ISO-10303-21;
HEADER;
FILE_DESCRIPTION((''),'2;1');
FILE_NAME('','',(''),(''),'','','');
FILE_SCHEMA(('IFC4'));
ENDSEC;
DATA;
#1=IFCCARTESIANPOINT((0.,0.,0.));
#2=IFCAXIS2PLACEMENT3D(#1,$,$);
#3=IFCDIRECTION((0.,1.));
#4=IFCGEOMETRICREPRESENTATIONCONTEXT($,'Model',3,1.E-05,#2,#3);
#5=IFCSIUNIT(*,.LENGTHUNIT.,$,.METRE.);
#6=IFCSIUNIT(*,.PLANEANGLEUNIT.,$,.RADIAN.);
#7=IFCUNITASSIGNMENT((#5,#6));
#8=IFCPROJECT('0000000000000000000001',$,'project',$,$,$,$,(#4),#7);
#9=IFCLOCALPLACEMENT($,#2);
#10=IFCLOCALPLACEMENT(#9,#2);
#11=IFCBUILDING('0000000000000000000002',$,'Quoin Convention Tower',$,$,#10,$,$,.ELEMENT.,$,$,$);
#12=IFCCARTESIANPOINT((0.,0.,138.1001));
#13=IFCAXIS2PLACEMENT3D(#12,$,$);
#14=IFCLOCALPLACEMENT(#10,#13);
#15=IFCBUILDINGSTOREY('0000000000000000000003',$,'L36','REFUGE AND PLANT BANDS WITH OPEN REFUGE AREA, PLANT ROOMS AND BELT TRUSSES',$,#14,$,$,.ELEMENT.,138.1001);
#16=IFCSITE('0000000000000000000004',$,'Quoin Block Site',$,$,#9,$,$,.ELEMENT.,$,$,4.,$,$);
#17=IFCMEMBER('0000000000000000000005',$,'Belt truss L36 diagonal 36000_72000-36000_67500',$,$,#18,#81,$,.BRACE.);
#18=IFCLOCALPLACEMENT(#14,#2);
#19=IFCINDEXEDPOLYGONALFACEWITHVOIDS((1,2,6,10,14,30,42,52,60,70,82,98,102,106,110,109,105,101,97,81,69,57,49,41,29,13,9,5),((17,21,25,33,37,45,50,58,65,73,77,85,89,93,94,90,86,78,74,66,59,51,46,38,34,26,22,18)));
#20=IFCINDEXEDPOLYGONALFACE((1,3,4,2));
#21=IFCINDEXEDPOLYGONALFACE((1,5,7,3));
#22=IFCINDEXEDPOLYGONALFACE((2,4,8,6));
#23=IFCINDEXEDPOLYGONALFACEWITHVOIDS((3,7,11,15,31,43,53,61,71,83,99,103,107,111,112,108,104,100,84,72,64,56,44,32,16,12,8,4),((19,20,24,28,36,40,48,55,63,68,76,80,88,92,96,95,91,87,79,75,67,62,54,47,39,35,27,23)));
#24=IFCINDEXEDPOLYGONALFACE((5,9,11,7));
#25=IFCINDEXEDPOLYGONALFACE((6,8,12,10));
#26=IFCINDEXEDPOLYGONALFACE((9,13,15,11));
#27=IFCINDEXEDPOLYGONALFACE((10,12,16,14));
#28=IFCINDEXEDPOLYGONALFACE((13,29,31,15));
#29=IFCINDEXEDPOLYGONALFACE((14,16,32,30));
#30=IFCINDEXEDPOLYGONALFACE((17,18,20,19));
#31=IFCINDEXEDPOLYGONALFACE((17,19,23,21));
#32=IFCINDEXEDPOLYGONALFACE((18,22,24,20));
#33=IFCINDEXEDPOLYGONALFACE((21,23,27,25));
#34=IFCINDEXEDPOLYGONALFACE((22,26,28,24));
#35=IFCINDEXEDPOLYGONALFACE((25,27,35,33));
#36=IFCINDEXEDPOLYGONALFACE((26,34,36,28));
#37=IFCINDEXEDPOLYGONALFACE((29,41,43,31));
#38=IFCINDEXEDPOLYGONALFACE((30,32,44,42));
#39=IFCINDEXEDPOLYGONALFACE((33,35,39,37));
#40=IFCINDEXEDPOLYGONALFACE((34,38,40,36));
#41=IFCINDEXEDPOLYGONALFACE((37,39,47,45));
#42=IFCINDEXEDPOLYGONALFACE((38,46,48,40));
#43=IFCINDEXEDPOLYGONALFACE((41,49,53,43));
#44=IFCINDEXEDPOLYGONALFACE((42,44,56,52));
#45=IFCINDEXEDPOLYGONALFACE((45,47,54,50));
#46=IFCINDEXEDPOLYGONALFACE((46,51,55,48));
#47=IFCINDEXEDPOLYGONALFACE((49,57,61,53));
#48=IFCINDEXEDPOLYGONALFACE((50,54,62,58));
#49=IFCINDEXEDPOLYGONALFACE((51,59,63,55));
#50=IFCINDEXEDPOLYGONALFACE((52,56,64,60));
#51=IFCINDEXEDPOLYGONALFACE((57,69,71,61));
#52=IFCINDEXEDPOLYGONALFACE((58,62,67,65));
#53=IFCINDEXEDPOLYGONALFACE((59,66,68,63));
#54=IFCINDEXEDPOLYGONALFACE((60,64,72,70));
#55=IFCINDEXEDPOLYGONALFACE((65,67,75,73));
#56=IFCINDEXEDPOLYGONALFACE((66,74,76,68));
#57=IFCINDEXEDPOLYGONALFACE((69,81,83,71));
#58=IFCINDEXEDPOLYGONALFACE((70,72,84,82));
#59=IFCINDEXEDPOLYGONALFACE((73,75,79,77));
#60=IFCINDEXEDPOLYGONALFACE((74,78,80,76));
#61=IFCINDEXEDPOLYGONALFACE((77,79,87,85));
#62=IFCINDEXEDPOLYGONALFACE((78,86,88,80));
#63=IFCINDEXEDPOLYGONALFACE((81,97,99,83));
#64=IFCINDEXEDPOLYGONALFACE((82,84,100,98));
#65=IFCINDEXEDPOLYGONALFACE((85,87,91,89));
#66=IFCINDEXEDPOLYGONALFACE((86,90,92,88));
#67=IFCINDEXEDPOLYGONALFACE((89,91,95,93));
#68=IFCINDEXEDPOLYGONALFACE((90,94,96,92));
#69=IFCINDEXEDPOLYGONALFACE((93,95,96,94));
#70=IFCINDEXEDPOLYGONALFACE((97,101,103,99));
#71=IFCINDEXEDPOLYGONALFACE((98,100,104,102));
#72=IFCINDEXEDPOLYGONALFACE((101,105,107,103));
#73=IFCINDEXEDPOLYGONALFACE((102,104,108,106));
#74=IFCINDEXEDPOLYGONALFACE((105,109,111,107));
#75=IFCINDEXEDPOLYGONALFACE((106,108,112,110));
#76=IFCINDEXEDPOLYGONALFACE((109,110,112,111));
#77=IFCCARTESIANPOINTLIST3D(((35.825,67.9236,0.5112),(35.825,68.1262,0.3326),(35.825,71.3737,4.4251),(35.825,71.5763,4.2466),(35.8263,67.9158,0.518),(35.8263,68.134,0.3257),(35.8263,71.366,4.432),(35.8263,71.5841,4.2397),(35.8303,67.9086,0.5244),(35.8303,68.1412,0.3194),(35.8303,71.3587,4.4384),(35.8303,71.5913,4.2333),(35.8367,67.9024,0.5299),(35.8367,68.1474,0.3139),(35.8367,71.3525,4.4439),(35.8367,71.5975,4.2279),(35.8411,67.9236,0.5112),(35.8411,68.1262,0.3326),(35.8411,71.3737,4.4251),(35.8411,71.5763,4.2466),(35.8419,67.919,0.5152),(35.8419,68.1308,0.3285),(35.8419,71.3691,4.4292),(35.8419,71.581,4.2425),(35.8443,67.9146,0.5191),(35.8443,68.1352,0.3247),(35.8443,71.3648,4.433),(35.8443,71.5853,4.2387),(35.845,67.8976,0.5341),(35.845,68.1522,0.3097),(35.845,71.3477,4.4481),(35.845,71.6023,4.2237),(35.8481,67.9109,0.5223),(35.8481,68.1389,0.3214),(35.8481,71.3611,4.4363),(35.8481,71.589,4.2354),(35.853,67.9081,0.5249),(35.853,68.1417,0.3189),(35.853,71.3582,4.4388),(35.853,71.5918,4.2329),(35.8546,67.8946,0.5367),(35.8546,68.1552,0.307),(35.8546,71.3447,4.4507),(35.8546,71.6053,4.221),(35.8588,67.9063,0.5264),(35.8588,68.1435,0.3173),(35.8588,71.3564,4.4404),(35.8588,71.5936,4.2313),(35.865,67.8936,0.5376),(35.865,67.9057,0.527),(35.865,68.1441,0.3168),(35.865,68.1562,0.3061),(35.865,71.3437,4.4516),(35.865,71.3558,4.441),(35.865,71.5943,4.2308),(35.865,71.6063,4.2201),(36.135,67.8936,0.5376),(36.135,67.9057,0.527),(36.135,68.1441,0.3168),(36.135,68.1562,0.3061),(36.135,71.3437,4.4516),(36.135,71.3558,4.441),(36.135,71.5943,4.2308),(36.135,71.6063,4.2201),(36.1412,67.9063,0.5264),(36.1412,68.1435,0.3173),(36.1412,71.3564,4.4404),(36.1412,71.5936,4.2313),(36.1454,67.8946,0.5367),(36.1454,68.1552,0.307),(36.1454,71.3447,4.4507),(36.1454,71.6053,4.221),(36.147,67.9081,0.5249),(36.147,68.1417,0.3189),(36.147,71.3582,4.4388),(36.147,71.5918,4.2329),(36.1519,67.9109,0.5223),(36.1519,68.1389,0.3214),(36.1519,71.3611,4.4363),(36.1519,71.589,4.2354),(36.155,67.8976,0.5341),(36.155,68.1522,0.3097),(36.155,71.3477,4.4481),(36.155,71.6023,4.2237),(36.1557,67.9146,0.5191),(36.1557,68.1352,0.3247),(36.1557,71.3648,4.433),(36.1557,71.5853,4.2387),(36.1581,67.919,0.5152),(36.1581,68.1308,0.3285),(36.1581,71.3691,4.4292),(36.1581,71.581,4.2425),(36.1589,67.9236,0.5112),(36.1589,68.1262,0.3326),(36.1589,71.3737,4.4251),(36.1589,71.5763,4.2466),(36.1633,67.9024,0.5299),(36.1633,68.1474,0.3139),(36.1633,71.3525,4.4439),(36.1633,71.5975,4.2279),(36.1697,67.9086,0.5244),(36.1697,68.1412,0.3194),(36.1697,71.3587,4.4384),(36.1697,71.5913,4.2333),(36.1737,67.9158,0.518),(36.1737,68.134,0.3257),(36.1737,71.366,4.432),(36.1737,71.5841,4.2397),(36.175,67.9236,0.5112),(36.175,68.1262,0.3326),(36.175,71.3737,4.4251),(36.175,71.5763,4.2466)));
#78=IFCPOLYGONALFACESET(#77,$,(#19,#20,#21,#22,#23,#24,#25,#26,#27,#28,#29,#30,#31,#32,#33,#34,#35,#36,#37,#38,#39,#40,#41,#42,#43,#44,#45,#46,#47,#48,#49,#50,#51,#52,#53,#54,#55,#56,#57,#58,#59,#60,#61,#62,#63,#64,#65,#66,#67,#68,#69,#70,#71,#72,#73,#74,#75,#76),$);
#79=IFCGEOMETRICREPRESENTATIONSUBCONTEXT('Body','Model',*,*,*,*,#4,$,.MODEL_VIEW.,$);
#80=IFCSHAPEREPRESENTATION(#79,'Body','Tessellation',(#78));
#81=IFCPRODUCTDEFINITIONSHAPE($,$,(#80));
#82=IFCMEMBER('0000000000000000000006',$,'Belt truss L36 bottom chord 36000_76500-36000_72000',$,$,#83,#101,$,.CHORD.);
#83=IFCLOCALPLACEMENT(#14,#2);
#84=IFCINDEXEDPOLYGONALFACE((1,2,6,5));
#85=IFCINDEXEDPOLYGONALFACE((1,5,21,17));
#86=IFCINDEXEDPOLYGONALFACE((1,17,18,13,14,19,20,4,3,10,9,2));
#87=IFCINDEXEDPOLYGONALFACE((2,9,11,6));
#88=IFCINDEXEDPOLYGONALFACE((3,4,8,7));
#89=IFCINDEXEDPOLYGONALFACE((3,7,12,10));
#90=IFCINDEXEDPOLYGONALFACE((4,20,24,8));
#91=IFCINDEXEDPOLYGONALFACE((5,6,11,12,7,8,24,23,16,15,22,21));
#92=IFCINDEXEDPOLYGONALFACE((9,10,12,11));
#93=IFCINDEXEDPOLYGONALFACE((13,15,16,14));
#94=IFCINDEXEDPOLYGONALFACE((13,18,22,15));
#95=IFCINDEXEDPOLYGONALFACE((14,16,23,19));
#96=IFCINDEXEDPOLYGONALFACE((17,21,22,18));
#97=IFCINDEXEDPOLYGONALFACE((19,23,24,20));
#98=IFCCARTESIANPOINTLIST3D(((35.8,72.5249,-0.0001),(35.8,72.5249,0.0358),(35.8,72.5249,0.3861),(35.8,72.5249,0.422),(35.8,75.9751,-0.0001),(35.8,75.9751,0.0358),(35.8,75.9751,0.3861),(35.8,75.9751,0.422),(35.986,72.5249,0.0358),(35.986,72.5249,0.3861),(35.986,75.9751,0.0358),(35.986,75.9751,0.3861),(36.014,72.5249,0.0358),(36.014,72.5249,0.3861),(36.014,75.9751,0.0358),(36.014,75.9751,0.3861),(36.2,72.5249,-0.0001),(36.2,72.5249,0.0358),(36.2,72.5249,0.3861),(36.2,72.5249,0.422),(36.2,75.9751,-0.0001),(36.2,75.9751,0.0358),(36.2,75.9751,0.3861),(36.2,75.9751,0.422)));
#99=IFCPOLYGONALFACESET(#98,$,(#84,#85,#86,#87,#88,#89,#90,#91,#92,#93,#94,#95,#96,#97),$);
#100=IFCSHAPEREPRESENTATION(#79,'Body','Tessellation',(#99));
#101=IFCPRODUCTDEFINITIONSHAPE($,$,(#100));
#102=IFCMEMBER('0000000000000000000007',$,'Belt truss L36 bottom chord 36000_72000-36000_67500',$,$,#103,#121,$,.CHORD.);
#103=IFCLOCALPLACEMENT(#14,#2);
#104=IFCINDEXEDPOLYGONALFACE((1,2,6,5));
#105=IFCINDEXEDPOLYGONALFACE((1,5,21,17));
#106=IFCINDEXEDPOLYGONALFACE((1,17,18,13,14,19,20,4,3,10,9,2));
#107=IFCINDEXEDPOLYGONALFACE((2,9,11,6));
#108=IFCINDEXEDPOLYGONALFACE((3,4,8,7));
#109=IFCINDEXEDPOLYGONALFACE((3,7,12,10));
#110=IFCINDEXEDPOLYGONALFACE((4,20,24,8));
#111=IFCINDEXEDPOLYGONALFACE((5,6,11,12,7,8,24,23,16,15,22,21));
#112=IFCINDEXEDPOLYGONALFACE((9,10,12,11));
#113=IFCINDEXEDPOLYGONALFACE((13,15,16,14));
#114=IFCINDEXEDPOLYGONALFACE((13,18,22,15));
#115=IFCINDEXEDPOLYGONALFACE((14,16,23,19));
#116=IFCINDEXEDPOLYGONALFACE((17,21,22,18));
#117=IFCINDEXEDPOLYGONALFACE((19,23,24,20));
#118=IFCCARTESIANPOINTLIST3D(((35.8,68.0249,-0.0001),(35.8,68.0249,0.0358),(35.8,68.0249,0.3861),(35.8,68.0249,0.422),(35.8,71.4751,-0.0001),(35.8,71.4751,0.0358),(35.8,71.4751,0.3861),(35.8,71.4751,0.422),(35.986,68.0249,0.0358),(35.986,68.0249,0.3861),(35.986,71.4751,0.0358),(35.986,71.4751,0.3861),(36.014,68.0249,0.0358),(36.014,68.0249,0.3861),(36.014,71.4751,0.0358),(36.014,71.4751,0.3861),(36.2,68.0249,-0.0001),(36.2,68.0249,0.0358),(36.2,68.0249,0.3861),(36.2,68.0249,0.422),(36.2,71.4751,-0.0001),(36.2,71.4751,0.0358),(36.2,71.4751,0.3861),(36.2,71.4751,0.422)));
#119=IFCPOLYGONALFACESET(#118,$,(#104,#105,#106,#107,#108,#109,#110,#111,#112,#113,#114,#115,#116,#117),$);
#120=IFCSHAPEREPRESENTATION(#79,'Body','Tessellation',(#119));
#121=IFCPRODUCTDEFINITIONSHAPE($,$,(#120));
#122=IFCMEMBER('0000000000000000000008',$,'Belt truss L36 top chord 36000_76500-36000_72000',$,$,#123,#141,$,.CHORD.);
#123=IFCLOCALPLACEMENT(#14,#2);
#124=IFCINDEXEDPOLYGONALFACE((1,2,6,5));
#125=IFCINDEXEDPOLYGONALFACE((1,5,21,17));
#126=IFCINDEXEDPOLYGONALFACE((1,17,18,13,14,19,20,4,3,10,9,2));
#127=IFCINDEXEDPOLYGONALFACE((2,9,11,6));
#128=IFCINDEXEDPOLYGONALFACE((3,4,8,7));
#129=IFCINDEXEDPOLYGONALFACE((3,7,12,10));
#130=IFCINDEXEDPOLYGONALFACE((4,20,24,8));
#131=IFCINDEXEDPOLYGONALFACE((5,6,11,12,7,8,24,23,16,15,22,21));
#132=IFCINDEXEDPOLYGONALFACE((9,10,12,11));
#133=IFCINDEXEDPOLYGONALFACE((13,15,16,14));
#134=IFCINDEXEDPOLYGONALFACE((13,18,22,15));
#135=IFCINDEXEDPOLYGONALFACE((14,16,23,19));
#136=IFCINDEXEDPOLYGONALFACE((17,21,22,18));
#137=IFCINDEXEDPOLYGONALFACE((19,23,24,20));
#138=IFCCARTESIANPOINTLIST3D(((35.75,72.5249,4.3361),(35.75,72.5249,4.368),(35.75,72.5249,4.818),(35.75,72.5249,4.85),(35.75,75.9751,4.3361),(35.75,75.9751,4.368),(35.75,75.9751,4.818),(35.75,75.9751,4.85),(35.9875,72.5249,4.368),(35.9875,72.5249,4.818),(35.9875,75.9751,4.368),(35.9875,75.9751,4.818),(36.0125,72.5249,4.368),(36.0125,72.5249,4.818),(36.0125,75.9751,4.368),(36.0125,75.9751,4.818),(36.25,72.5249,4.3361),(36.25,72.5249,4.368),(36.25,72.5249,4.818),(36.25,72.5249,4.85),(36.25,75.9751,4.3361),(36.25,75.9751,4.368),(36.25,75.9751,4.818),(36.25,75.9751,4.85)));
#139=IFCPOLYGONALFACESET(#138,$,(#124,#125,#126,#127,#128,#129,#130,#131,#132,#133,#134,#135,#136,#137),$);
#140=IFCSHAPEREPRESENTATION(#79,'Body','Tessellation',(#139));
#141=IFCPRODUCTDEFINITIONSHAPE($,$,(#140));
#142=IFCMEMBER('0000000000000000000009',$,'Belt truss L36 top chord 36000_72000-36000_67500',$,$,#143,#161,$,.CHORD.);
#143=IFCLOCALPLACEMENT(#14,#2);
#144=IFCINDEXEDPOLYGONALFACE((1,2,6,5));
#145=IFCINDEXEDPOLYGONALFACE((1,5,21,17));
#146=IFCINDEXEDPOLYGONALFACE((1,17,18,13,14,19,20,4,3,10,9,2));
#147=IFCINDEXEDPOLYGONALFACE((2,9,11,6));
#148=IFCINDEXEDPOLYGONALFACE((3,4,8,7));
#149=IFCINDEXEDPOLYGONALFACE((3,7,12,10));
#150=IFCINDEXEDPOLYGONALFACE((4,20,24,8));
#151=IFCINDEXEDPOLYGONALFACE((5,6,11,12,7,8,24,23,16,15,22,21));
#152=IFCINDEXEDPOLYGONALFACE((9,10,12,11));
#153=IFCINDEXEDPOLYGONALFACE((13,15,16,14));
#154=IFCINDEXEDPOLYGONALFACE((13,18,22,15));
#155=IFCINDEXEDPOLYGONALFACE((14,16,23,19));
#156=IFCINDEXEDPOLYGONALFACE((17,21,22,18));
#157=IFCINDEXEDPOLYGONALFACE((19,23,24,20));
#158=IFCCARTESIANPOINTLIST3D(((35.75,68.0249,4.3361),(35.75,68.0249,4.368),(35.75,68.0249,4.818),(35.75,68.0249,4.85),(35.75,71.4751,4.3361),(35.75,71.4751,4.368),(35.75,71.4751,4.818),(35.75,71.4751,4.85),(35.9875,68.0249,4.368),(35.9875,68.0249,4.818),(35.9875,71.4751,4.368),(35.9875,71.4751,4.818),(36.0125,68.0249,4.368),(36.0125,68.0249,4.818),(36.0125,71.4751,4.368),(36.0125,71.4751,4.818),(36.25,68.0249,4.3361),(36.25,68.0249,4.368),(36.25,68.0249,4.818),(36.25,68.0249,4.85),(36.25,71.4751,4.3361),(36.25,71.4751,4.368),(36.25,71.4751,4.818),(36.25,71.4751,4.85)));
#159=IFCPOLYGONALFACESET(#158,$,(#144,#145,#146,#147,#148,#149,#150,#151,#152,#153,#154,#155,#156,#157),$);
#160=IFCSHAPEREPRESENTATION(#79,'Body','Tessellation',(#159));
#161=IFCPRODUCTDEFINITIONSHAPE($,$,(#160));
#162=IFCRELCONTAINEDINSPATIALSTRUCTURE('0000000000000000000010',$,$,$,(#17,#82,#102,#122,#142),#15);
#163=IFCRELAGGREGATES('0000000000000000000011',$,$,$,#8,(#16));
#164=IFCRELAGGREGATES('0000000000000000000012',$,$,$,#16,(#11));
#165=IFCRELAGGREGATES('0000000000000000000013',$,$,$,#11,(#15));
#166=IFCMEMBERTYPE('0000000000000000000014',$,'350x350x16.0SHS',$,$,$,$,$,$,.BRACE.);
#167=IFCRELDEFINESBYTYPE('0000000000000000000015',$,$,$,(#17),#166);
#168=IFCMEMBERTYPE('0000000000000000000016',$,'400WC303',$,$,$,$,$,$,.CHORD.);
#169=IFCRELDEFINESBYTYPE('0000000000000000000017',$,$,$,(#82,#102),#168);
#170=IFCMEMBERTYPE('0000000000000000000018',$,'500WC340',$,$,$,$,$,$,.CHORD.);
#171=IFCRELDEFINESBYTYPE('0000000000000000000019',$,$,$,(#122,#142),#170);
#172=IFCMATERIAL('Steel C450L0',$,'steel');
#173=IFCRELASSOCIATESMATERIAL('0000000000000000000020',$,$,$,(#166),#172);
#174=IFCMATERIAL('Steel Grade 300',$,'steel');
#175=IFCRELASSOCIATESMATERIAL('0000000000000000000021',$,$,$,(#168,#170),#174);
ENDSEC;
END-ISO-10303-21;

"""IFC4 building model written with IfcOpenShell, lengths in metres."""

from ifc_helpers import new_model, si_unit, direction, frame, origin, origin_2d, place, context, subcontext, project, spatial, hollow_rectangle, i_section, extrude, material, material_profile, profile_set, type_object, element, save


model = new_model("IFC4")

# Units and contexts
model_context = context("Model", 3, precision=1e-05, world=origin(), true_north=direction((0.0, 1.0)))
body_context = subcontext(model_context, "Body", "Model", "MODEL_VIEW")
ifc_project = project(units=[si_unit("LENGTHUNIT", "METRE"), si_unit("PLANEANGLEUNIT", "RADIAN")], contexts=[model_context])

# Site, building, storey
site_placement = place(None, origin())
site = spatial("IfcSite", under=ifc_project, at=site_placement, Name="Quoin Block Site", CompositionType="ELEMENT", RefElevation=4.0)
building_placement = place(site_placement, origin())
building = spatial("IfcBuilding", under=site, at=building_placement, Name="Quoin Convention Tower", CompositionType="ELEMENT")
storey_placement = place(building_placement, frame((0.0, 0.0, 138.1001)))
storey = spatial("IfcBuildingStorey", under=building, at=storey_placement, Name="L36", Description="REFUGE AND PLANT BANDS WITH OPEN REFUGE AREA, PLANT ROOMS AND BELT TRUSSES", CompositionType="ELEMENT", Elevation=138.1001)

# Shared definitions
ifc_material_1 = material(Name="Steel C450L0", Category="steel")

# Members
ifc_material_profile_1 = material_profile(ifc_material_1, hollow_rectangle(XDim=0.3501, YDim=0.3501, WallThickness=0.0161, InnerFilletRadius=0.0239, OuterFilletRadius=0.04, at=origin_2d()), Name="350x350x16.0SHS")
ifc_profile_set_1 = profile_set([ifc_material_profile_1], Name="Steel C450L0")
member_type_1 = type_object("IfcMemberType", Name="350x350x16.0SHS", PredefinedType="BRACE", material=ifc_profile_set_1)
for number, where, z_axis, x_axis, name in (
    (1, (36.0, 68.0249, 0.4219), (0.0, 0.661256, 0.75016), (-1.0, 0.0, 0.0), "Belt truss L36 diagonal 36000_72000-36000_67500"),
):
    element("IfcMember", number, at=place(storey_placement, frame(where, z_axis=z_axis, x_axis=x_axis)), inside=storey, type_object=member_type_1, Name=name, PredefinedType="BRACE", context=body_context, shape_type="SweptSolid", body=[
        extrude(hollow_rectangle(XDim=0.3501, YDim=0.3501, WallThickness=0.0161, InnerFilletRadius=0.0239, OuterFilletRadius=0.04, at=origin_2d()), origin(), (0.0, 0.0, 1.0), 5.2175),
    ])
ifc_material_2 = material(Name="Steel Grade 300", Category="steel")
ifc_material_profile_2 = material_profile(ifc_material_2, i_section(OverallWidth=0.3999, OverallDepth=0.4221, WebThickness=0.0281, FlangeThickness=0.0359, at=origin_2d()), Name="400WC303")
ifc_profile_set_2 = profile_set([ifc_material_profile_2], Name="Steel Grade 300")
member_type_2 = type_object("IfcMemberType", Name="400WC303", PredefinedType="CHORD", material=ifc_profile_set_2)
for number, where, z_axis, x_axis, name in (
    (2, (36.0, 75.9751, 0.2109), (0.0, -1.0, 0.0), (1.0, 0.0, 0.0), "Belt truss L36 bottom chord 36000_76500-36000_72000"),
    (3, (36.0, 71.4751, 0.2109), (0.0, -1.0, 0.0), (1.0, 0.0, 0.0), "Belt truss L36 bottom chord 36000_72000-36000_67500"),
):
    element("IfcMember", number, at=place(storey_placement, frame(where, z_axis=z_axis, x_axis=x_axis)), inside=storey, type_object=member_type_2, Name=name, PredefinedType="CHORD", context=body_context, shape_type="SweptSolid", body=[
        extrude(i_section(OverallWidth=0.3999, OverallDepth=0.4221, WebThickness=0.0281, FlangeThickness=0.0359, at=origin_2d()), origin(), (0.0, 0.0, 1.0), 3.4502),
    ])
ifc_material_profile_3 = material_profile(ifc_material_2, i_section(OverallWidth=0.5, OverallDepth=0.5139, WebThickness=0.0249, FlangeThickness=0.032, at=origin_2d()), Name="500WC340")
ifc_profile_set_3 = profile_set([ifc_material_profile_3], Name="Steel Grade 300")
member_type_3 = type_object("IfcMemberType", Name="500WC340", PredefinedType="CHORD", material=ifc_profile_set_3)
for number, where, z_axis, x_axis, name in (
    (4, (36.0, 75.9751, 4.593), (0.0, -1.0, 0.0), (1.0, 0.0, 0.0), "Belt truss L36 top chord 36000_76500-36000_72000"),
    (5, (36.0, 71.4751, 4.593), (0.0, -1.0, 0.0), (1.0, 0.0, 0.0), "Belt truss L36 top chord 36000_72000-36000_67500"),
):
    element("IfcMember", number, at=place(storey_placement, frame(where, z_axis=z_axis, x_axis=x_axis)), inside=storey, type_object=member_type_3, Name=name, PredefinedType="CHORD", context=body_context, shape_type="SweptSolid", body=[
        extrude(i_section(OverallWidth=0.5, OverallDepth=0.5139, WebThickness=0.0249, FlangeThickness=0.032, at=origin_2d()), origin(), (0.0, 0.0, 1.0), 3.4502),
    ])

save(model, "model.ifc")
